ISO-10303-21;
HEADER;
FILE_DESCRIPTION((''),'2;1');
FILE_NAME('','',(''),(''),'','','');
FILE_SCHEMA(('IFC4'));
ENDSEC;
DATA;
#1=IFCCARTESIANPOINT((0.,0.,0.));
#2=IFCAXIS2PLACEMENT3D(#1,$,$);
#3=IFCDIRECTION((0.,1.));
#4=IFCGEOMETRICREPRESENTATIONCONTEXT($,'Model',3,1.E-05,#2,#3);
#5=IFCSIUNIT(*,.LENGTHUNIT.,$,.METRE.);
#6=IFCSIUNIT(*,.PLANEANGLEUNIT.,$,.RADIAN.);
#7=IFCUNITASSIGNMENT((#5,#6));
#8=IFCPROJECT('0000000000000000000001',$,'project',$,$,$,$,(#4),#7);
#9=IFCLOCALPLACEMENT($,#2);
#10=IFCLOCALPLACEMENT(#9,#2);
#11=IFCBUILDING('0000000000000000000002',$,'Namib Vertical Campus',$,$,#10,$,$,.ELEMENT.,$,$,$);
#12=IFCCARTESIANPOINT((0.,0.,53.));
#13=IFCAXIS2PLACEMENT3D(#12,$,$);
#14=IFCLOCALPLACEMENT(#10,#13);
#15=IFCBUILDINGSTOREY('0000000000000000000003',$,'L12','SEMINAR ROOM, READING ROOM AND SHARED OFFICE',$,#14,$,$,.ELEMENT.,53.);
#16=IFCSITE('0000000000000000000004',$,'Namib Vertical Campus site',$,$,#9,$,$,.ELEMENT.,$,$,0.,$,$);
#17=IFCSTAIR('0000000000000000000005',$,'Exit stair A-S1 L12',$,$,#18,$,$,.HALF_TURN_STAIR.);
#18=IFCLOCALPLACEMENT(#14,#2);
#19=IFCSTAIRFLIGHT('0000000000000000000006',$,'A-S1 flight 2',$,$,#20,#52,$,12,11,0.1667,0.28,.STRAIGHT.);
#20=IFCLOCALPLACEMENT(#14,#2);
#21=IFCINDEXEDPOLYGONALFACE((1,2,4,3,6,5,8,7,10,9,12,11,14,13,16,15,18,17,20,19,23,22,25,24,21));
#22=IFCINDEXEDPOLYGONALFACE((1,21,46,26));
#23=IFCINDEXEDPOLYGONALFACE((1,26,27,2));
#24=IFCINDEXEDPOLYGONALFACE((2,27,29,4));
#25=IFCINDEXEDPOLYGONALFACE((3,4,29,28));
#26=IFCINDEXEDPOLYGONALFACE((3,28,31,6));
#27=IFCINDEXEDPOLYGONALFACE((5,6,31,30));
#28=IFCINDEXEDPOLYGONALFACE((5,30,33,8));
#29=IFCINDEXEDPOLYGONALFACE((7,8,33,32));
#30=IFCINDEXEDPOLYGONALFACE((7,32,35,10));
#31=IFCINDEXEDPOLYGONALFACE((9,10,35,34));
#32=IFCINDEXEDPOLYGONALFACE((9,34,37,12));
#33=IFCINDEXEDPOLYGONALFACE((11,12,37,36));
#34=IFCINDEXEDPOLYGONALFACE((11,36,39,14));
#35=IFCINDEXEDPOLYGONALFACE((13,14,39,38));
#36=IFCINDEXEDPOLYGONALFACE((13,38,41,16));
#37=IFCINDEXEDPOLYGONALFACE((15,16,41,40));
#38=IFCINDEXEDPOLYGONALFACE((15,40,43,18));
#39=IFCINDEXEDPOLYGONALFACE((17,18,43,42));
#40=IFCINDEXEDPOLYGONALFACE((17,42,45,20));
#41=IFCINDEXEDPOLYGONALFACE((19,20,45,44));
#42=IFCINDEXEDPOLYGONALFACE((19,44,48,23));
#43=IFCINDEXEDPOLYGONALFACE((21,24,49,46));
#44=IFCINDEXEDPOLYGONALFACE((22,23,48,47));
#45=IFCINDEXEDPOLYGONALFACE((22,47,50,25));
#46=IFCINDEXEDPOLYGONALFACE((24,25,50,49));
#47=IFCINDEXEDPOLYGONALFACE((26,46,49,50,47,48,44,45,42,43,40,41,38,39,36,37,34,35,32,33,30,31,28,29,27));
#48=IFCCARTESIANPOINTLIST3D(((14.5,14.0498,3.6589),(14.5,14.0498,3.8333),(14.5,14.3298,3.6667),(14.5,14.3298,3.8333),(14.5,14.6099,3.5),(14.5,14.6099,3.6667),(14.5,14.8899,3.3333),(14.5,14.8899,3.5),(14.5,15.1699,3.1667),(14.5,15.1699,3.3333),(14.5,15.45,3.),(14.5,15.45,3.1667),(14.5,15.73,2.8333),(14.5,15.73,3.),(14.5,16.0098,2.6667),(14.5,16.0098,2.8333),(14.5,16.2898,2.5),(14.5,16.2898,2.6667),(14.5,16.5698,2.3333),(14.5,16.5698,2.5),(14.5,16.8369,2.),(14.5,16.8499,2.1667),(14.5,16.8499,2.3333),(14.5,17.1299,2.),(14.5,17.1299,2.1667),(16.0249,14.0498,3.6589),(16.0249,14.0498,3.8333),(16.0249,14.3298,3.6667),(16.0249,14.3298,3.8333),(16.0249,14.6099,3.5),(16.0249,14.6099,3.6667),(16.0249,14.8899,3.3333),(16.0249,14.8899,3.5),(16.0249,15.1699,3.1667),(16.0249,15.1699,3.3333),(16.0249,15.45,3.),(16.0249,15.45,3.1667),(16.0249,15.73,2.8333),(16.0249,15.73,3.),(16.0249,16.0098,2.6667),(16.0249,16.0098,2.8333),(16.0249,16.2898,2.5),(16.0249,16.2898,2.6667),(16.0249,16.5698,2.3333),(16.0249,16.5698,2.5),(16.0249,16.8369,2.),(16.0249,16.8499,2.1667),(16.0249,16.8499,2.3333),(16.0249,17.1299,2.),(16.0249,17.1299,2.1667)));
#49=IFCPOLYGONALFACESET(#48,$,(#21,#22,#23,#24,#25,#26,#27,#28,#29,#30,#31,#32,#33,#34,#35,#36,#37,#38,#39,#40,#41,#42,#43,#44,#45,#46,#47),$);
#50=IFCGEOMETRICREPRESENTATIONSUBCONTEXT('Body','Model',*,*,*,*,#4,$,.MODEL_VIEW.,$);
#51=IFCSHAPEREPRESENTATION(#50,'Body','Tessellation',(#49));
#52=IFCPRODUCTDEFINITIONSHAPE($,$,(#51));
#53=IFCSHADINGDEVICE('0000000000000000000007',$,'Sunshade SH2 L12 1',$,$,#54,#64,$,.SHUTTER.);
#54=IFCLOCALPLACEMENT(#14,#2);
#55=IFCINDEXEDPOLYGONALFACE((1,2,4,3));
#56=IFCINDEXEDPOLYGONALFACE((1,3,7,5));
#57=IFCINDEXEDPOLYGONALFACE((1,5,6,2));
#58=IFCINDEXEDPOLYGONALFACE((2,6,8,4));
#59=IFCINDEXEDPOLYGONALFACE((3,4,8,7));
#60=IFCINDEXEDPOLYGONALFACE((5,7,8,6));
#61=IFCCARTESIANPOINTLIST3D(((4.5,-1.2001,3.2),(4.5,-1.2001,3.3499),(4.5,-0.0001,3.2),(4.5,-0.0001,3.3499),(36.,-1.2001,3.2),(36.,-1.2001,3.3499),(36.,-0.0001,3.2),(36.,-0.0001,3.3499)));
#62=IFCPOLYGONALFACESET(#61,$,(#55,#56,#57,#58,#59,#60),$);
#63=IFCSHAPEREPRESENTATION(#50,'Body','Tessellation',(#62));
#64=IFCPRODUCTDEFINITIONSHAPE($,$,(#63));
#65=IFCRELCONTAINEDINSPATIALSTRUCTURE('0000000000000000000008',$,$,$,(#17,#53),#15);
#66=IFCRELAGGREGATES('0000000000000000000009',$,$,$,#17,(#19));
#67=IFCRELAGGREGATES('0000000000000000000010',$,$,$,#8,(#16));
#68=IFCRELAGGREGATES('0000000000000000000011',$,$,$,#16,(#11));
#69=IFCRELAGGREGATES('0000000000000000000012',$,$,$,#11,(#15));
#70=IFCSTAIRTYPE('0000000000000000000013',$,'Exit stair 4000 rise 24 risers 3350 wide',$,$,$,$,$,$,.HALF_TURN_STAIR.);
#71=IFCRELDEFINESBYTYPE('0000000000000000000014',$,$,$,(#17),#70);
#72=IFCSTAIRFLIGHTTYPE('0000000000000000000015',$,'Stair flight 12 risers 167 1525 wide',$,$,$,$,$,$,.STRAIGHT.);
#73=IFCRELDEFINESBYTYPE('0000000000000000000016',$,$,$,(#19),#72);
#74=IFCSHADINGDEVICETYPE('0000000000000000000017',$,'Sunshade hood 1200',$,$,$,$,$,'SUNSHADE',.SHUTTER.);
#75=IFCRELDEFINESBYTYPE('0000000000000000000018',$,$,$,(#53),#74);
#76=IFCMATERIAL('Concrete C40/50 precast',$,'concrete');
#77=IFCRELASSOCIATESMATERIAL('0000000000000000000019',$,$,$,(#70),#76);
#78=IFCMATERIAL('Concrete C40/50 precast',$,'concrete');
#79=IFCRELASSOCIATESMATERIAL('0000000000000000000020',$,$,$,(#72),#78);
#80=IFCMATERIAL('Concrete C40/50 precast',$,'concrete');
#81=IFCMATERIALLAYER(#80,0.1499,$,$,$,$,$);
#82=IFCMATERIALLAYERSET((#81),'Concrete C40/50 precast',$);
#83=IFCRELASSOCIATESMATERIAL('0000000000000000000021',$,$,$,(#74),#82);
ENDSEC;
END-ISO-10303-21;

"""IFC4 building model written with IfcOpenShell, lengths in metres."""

from ifc_helpers import new_model, si_unit, direction, frame, origin, origin_2d, place, context, subcontext, project, spatial, polyline, rectangle, outline, extrude, material, layer, layer_set, type_object, element, aggregate, save


model = new_model("IFC4")

# Units and contexts
model_context = context("Model", 3, precision=1e-05, world=origin(), true_north=direction((0.0, 1.0)))
body_context = subcontext(model_context, "Body", "Model", "MODEL_VIEW")
ifc_project = project(units=[si_unit("LENGTHUNIT", "METRE"), si_unit("PLANEANGLEUNIT", "RADIAN")], contexts=[model_context])

# Site, building, storey
site_placement = place(None, origin())
site = spatial("IfcSite", under=ifc_project, at=site_placement, Name="Namib Vertical Campus site", CompositionType="ELEMENT", RefElevation=0.0)
building_placement = place(site_placement, origin())
building = spatial("IfcBuilding", under=site, at=building_placement, Name="Namib Vertical Campus", CompositionType="ELEMENT")
storey_placement = place(building_placement, frame((0.0, 0.0, 53.0)))
storey = spatial("IfcBuildingStorey", under=building, at=storey_placement, Name="L12", Description="SEMINAR ROOM, READING ROOM AND SHARED OFFICE", CompositionType="ELEMENT", Elevation=53.0)

# Stair, stair flight
ifc_material_1 = material(Name="Concrete C40/50 precast", Category="concrete")
stair_type = type_object("IfcStairType", Name="Exit stair 4000 rise 24 risers 3350 wide", PredefinedType="HALF_TURN_STAIR", material=ifc_material_1)
stair_placement = place(storey_placement, origin())
stair = element("IfcStair", 1, at=stair_placement, inside=storey, type_object=stair_type, Name="Exit stair A-S1 L12", PredefinedType="HALF_TURN_STAIR")
ifc_material_2 = material(Name="Concrete C40/50 precast", Category="concrete")
stair_flight_type = type_object("IfcStairFlightType", Name="Stair flight 12 risers 167 1525 wide", PredefinedType="STRAIGHT", material=ifc_material_2)
stair_flight_1_placement = place(storey_placement, frame((15.2625, 17.1299, 2.0), z_axis=(0.0, 0.0, 1.0), x_axis=(0.0, -1.0, 0.0)))
stair_flight_1 = element("IfcStairFlight", 2, at=stair_flight_1_placement, type_object=stair_flight_type, Name="A-S1 flight 2", NumberOfRisers=12, NumberOfTreads=11, PredefinedType="STRAIGHT", RiserHeight=0.1667, TreadLength=0.28, context=body_context, shape_type="SweptSolid", body=[
    extrude(outline(polyline([(0.0, 0.0), (0.0, 0.1667), (0.28, 0.1667), (0.28, 0.3333), (0.5601, 0.3333), (0.5601, 0.5), (0.8401, 0.5), (0.8401, 0.6667), (1.1201, 0.6667), (1.1201, 0.8333), (1.3999, 0.8333), (1.3999, 1.0), (1.6799, 1.0), (1.6799, 1.1667), (1.96, 1.1667), (1.96, 1.3333), (2.24, 1.3333), (2.24, 1.5), (2.52, 1.5), (2.52, 1.6667), (2.8, 1.6667), (2.8, 1.8333), (3.0801, 1.8333), (3.0801, 2.0), (3.0801, 1.6589), (0.293, 0.0), (0.0, 0.0)])), frame((0.0, 0.7625, 0.0), z_axis=(0.0, -1.0, 0.0), x_axis=(1.0, 0.0, 0.0)), (0.0, 0.0, 1.0), 1.5249),
])
aggregate(stair, [stair_flight_1])

# Shading device
ifc_material_3 = material(Name="Concrete C40/50 precast", Category="concrete")
ifc_layer_1 = layer(ifc_material_3, 0.1499)
ifc_layer_set_1 = layer_set([ifc_layer_1], Name="Concrete C40/50 precast")
shading_device_type = type_object("IfcShadingDeviceType", Name="Sunshade hood 1200", ElementType="SUNSHADE", PredefinedType="SHUTTER", material=ifc_layer_set_1)
shading_device_placement = place(storey_placement, frame((20.25, -0.6001, 3.2), z_axis=(0.0, 0.0, 1.0), x_axis=(1.0, 0.0, 0.0)))
element("IfcShadingDevice", 3, at=shading_device_placement, inside=storey, type_object=shading_device_type, Name="Sunshade SH2 L12 1", PredefinedType="SHUTTER", context=body_context, shape_type="SweptSolid", body=[
    extrude(rectangle(XDim=31.5, YDim=1.2, at=origin_2d()), origin(), (0.0, 0.0, 1.0), 0.1499),
])

save(model, "model.ifc")
